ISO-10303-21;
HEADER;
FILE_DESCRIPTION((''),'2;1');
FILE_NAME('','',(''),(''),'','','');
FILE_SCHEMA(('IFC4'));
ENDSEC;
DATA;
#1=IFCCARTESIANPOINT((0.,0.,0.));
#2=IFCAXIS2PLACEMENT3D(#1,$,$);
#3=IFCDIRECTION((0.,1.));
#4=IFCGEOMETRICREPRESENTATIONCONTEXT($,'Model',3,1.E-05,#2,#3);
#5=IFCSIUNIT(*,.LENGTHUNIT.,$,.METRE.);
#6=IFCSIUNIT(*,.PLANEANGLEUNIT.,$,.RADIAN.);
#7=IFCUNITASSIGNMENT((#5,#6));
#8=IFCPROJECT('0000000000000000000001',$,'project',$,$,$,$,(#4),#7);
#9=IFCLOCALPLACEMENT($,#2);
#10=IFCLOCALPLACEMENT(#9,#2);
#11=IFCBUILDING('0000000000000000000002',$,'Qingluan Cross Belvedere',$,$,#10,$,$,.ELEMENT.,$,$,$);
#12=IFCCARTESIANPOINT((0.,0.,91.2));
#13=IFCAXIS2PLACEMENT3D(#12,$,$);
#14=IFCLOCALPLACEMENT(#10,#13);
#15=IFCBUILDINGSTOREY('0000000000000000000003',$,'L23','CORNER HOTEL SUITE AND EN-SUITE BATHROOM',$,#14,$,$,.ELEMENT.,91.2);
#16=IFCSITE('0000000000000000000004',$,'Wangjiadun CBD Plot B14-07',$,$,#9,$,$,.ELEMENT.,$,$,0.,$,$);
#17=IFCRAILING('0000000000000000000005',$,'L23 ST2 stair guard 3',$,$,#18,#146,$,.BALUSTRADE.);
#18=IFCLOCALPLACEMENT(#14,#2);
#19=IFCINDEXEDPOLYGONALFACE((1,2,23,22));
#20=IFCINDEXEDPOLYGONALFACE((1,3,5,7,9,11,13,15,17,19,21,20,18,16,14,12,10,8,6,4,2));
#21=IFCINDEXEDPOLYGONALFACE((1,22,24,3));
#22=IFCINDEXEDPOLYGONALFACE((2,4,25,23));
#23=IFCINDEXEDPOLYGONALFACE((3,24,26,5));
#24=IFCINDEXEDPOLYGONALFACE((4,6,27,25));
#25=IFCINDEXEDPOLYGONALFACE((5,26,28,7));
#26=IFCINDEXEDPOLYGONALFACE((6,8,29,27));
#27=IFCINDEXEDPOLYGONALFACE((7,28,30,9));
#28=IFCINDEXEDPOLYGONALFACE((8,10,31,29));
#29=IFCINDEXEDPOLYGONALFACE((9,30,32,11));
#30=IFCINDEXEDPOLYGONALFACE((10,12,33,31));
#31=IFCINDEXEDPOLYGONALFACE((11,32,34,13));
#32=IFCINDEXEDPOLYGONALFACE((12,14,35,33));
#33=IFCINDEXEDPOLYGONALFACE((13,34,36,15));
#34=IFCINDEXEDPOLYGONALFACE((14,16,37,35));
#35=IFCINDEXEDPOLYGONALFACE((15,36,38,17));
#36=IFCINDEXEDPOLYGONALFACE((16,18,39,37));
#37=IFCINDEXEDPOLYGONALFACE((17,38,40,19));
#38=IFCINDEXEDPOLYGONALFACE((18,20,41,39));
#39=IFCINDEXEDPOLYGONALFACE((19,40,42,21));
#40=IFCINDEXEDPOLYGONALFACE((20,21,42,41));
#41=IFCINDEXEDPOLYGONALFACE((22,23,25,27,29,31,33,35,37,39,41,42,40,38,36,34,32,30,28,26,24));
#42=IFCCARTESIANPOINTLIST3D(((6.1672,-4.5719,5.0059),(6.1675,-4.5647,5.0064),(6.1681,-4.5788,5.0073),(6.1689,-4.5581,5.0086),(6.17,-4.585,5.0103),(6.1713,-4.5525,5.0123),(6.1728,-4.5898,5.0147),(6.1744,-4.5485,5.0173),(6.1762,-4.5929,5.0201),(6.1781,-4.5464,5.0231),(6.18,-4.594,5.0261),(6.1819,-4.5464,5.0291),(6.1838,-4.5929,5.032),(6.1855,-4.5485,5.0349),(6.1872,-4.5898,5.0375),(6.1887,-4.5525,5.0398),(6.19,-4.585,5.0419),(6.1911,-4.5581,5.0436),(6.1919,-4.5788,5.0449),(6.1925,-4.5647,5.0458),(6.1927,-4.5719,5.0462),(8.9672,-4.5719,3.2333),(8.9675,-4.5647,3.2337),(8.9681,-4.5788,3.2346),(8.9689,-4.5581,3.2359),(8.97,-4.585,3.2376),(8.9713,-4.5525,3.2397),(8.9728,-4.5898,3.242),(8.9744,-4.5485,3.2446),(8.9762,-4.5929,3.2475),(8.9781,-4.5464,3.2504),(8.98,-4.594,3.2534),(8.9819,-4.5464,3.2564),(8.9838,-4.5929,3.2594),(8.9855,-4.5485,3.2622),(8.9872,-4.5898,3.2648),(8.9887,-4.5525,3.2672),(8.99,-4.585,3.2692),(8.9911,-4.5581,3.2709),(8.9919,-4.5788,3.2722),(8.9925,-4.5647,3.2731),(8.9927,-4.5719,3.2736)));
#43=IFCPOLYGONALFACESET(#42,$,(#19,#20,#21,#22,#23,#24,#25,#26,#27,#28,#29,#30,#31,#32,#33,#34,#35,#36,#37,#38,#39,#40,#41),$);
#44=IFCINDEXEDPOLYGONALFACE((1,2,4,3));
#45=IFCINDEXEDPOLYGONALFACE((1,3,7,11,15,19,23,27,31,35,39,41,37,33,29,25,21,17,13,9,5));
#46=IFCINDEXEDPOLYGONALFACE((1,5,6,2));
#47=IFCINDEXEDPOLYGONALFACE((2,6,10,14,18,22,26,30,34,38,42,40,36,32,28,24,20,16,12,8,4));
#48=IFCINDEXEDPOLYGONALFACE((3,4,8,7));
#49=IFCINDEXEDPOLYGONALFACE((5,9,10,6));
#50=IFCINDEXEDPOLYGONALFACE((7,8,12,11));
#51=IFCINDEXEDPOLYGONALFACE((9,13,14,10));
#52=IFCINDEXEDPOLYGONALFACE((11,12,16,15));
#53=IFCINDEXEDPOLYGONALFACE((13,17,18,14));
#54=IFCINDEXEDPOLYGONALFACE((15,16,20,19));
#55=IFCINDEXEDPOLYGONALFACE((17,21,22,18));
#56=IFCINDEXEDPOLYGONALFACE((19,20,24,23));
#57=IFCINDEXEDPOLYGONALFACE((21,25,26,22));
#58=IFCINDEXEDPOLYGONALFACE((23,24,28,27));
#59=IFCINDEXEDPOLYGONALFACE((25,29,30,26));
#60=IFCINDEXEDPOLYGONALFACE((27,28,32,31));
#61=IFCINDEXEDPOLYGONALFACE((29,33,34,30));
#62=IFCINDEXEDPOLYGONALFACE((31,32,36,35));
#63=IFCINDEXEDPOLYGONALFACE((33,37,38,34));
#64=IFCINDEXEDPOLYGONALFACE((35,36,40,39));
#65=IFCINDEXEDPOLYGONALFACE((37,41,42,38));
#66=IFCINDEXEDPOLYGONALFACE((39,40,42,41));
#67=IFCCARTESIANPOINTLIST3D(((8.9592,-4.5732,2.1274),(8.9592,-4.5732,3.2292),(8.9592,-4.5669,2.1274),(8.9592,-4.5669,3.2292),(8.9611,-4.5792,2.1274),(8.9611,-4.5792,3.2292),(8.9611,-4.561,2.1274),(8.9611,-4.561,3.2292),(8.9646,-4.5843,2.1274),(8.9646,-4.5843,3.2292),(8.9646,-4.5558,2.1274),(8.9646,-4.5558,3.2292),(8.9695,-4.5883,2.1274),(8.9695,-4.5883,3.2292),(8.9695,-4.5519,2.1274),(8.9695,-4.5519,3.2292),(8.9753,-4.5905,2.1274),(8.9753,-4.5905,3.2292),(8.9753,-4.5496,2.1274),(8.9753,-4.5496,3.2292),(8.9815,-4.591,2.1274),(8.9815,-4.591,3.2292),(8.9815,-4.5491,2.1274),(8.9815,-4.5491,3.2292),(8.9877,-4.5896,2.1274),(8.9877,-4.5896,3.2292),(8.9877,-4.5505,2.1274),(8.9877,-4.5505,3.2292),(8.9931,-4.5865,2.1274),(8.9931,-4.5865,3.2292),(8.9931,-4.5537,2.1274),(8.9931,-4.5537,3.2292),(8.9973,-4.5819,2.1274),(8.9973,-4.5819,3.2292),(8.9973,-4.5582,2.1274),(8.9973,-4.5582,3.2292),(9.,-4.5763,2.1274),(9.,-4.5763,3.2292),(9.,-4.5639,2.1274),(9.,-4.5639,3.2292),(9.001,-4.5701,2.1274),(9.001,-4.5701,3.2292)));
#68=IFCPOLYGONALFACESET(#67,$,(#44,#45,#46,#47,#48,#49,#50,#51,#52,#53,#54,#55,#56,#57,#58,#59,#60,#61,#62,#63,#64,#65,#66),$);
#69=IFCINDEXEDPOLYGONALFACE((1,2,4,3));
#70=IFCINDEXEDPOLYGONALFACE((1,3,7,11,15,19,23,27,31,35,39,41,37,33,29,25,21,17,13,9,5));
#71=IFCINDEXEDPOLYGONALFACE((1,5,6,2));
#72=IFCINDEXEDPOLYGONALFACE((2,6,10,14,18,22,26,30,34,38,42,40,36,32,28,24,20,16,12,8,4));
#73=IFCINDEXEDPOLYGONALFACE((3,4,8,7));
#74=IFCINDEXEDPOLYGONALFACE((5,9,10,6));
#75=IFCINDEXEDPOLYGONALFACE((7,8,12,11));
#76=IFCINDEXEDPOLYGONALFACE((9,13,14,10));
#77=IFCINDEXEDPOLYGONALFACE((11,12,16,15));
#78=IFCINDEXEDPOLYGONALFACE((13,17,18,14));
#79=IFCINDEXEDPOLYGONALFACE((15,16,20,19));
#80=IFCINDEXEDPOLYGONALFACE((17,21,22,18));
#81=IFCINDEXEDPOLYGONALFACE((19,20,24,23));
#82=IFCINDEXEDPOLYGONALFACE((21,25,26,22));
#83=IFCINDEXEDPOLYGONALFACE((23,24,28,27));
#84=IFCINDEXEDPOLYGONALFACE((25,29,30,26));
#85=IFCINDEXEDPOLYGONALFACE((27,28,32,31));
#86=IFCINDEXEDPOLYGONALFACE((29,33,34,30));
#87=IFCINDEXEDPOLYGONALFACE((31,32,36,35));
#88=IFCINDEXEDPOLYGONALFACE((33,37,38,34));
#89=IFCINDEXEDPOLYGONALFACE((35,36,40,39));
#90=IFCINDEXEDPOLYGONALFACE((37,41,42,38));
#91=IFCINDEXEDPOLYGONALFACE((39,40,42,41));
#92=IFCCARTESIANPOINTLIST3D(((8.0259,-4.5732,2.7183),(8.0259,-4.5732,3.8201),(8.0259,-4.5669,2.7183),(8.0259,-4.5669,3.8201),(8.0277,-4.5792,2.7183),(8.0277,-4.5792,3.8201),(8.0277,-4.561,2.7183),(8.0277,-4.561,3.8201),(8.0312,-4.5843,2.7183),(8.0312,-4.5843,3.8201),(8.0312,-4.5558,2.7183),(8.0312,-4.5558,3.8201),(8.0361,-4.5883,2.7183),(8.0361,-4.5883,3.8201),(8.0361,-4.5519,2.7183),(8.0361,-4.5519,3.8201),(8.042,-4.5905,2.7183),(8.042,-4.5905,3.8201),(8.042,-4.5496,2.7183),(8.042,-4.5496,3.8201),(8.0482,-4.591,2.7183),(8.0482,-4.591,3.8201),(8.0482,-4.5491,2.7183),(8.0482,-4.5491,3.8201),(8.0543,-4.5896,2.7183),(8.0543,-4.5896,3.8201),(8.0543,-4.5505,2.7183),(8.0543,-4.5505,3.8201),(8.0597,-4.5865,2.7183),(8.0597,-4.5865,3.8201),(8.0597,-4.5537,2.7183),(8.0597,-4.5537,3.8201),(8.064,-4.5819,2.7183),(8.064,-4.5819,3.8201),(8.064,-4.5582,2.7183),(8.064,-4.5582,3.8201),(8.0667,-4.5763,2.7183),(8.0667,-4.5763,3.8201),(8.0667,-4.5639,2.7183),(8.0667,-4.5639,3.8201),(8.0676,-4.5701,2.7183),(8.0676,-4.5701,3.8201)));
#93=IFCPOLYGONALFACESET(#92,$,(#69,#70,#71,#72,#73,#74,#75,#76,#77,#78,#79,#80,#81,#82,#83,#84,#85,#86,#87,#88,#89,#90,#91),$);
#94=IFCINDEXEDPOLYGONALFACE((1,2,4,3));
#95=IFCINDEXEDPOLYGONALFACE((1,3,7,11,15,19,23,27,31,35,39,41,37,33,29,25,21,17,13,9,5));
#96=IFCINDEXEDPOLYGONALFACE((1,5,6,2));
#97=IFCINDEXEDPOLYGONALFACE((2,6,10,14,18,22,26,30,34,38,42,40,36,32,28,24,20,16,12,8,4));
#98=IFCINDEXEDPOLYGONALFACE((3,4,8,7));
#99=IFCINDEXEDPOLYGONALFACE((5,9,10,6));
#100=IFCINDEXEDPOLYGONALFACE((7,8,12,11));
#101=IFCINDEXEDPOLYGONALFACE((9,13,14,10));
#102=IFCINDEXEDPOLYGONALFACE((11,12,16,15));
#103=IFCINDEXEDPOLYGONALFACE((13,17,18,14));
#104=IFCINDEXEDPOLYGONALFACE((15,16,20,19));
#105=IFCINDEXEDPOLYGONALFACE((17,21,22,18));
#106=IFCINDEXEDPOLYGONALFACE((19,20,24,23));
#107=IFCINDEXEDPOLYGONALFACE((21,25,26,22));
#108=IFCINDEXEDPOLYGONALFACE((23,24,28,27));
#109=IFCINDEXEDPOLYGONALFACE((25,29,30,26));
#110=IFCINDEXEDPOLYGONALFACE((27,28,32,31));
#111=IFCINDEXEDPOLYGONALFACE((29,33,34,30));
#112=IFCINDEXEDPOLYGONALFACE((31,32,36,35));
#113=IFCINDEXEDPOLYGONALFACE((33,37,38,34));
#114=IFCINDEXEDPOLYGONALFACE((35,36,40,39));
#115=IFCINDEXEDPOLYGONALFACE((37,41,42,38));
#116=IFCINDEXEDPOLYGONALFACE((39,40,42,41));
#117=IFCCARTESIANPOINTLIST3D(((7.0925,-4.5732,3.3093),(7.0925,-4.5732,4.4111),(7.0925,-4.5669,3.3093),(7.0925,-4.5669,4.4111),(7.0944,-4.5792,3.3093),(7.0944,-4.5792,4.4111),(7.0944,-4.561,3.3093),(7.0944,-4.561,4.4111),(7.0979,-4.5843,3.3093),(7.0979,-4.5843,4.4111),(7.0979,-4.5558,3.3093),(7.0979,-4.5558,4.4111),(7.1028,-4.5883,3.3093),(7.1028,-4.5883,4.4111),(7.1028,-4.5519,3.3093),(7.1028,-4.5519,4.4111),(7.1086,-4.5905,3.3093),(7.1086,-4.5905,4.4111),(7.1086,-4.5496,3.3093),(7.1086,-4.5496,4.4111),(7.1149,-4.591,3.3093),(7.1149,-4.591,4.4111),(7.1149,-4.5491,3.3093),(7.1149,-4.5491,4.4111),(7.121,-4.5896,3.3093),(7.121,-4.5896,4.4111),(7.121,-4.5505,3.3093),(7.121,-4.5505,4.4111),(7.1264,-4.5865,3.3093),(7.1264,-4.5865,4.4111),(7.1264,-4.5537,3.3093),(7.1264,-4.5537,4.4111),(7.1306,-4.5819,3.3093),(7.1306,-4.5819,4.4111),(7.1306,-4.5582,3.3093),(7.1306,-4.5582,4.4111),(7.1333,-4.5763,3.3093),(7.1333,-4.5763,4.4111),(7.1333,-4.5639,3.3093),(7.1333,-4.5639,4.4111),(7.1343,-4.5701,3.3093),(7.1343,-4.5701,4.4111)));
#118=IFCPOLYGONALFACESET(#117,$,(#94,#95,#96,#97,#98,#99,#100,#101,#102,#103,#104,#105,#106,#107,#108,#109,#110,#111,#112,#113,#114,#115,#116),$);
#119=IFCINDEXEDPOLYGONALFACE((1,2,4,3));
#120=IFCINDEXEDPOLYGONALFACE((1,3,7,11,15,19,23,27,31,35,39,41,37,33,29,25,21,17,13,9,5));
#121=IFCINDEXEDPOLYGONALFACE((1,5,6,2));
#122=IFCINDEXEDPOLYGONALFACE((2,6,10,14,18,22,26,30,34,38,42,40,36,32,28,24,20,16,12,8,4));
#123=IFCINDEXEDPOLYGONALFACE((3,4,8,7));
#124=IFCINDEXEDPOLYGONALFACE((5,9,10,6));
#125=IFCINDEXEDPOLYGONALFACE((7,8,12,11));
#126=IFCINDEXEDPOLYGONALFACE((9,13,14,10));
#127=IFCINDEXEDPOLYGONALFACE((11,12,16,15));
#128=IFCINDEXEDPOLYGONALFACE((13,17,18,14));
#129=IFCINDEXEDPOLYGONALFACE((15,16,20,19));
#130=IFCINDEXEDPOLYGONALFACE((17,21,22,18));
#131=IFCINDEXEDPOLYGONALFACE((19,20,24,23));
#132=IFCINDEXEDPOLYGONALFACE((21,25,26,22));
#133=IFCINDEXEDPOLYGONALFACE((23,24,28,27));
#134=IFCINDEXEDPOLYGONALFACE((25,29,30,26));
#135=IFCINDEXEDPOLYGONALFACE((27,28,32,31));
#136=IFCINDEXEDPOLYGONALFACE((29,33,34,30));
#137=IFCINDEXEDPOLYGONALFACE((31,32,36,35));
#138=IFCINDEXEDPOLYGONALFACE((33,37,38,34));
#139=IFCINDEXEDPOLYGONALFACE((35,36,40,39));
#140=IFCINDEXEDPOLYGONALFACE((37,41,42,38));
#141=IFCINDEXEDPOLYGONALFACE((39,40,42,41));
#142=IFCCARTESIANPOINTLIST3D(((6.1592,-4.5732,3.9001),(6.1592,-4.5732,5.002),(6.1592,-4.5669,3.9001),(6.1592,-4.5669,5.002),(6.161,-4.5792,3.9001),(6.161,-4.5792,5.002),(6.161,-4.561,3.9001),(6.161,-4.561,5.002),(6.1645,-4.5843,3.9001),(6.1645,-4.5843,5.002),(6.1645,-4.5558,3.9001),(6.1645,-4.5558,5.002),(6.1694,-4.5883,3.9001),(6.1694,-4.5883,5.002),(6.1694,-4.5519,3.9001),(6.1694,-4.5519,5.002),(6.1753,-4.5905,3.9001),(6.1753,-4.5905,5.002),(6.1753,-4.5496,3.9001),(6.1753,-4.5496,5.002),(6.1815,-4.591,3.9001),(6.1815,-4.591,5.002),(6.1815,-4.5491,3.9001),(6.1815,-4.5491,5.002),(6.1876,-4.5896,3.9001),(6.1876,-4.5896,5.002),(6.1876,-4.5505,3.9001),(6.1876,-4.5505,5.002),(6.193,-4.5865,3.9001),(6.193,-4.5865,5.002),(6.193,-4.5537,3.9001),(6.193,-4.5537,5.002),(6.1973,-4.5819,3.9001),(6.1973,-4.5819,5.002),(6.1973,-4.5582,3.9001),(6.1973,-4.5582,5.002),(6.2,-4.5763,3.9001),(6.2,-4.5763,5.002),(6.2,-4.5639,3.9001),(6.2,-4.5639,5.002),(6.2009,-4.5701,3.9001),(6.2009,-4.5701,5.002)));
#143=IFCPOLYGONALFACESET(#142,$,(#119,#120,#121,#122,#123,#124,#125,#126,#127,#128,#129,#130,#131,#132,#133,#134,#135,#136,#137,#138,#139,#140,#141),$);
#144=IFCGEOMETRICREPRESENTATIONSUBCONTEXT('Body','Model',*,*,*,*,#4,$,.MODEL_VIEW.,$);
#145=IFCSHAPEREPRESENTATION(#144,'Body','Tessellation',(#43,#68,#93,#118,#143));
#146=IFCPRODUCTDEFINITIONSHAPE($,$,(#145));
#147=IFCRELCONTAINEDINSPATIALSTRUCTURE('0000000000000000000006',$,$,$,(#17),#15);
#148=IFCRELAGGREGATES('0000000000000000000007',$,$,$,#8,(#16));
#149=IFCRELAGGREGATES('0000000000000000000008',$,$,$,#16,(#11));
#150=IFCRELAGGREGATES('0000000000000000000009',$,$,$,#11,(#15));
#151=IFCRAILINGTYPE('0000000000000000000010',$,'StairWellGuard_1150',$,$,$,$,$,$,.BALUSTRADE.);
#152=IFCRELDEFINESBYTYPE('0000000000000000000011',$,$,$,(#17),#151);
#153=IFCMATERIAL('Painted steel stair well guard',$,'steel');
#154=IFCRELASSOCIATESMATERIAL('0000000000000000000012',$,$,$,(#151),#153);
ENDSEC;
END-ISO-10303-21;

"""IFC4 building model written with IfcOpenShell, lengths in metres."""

from ifc_helpers import new_model, si_unit, direction, frame, origin, origin_2d, place, context, subcontext, project, spatial, circle, extrude, material, type_object, element, save


model = new_model("IFC4")

# Units and contexts
model_context = context("Model", 3, precision=1e-05, world=origin(), true_north=direction((0.0, 1.0)))
body_context = subcontext(model_context, "Body", "Model", "MODEL_VIEW")
ifc_project = project(units=[si_unit("LENGTHUNIT", "METRE"), si_unit("PLANEANGLEUNIT", "RADIAN")], contexts=[model_context])

# Site, building, storey
site_placement = place(None, origin())
site = spatial("IfcSite", under=ifc_project, at=site_placement, Name="Wangjiadun CBD Plot B14-07", CompositionType="ELEMENT", RefElevation=0.0)
building_placement = place(site_placement, origin())
building = spatial("IfcBuilding", under=site, at=building_placement, Name="Qingluan Cross Belvedere", CompositionType="ELEMENT")
storey_placement = place(building_placement, frame((0.0, 0.0, 91.2)))
storey = spatial("IfcBuildingStorey", under=building, at=storey_placement, Name="L23", Description="CORNER HOTEL SUITE AND EN-SUITE BATHROOM", CompositionType="ELEMENT", Elevation=91.2)

# Railing
ifc_material_1 = material(Name="Painted steel stair well guard", Category="steel")
railing_type_1 = type_object("IfcRailingType", Name="StairWellGuard_1150", PredefinedType="BALUSTRADE", material=ifc_material_1)
railing_1_placement = place(storey_placement, frame((8.98, -4.5701, 2.1274)))
element("IfcRailing", 1, at=railing_1_placement, inside=storey, type_object=railing_type_1, Name="L23 ST2 stair guard 3", PredefinedType="BALUSTRADE", context=body_context, shape_type="SweptSolid", body=[
    extrude(circle(Radius=0.0239, at=origin_2d()), frame((0.0, 0.0, 1.126), z_axis=(-0.844909, 0.0, 0.53491), x_axis=(0.0, -1.0, 0.0)), (0.0, 0.0, 1.0), 3.314),
    extrude(circle(Radius=0.021, at=origin_2d()), origin(), (0.0, 0.0, 1.0), 1.1018),
    extrude(circle(Radius=0.021, at=origin_2d()), frame((-0.9333, 0.0, 0.5908)), (0.0, 0.0, 1.0), 1.1018),
    extrude(circle(Radius=0.021, at=origin_2d()), frame((-1.8667, 0.0, 1.1819)), (0.0, 0.0, 1.0), 1.1018),
    extrude(circle(Radius=0.021, at=origin_2d()), frame((-2.8, 0.0, 1.7727)), (0.0, 0.0, 1.0), 1.1018),
])

save(model, "model.ifc")
